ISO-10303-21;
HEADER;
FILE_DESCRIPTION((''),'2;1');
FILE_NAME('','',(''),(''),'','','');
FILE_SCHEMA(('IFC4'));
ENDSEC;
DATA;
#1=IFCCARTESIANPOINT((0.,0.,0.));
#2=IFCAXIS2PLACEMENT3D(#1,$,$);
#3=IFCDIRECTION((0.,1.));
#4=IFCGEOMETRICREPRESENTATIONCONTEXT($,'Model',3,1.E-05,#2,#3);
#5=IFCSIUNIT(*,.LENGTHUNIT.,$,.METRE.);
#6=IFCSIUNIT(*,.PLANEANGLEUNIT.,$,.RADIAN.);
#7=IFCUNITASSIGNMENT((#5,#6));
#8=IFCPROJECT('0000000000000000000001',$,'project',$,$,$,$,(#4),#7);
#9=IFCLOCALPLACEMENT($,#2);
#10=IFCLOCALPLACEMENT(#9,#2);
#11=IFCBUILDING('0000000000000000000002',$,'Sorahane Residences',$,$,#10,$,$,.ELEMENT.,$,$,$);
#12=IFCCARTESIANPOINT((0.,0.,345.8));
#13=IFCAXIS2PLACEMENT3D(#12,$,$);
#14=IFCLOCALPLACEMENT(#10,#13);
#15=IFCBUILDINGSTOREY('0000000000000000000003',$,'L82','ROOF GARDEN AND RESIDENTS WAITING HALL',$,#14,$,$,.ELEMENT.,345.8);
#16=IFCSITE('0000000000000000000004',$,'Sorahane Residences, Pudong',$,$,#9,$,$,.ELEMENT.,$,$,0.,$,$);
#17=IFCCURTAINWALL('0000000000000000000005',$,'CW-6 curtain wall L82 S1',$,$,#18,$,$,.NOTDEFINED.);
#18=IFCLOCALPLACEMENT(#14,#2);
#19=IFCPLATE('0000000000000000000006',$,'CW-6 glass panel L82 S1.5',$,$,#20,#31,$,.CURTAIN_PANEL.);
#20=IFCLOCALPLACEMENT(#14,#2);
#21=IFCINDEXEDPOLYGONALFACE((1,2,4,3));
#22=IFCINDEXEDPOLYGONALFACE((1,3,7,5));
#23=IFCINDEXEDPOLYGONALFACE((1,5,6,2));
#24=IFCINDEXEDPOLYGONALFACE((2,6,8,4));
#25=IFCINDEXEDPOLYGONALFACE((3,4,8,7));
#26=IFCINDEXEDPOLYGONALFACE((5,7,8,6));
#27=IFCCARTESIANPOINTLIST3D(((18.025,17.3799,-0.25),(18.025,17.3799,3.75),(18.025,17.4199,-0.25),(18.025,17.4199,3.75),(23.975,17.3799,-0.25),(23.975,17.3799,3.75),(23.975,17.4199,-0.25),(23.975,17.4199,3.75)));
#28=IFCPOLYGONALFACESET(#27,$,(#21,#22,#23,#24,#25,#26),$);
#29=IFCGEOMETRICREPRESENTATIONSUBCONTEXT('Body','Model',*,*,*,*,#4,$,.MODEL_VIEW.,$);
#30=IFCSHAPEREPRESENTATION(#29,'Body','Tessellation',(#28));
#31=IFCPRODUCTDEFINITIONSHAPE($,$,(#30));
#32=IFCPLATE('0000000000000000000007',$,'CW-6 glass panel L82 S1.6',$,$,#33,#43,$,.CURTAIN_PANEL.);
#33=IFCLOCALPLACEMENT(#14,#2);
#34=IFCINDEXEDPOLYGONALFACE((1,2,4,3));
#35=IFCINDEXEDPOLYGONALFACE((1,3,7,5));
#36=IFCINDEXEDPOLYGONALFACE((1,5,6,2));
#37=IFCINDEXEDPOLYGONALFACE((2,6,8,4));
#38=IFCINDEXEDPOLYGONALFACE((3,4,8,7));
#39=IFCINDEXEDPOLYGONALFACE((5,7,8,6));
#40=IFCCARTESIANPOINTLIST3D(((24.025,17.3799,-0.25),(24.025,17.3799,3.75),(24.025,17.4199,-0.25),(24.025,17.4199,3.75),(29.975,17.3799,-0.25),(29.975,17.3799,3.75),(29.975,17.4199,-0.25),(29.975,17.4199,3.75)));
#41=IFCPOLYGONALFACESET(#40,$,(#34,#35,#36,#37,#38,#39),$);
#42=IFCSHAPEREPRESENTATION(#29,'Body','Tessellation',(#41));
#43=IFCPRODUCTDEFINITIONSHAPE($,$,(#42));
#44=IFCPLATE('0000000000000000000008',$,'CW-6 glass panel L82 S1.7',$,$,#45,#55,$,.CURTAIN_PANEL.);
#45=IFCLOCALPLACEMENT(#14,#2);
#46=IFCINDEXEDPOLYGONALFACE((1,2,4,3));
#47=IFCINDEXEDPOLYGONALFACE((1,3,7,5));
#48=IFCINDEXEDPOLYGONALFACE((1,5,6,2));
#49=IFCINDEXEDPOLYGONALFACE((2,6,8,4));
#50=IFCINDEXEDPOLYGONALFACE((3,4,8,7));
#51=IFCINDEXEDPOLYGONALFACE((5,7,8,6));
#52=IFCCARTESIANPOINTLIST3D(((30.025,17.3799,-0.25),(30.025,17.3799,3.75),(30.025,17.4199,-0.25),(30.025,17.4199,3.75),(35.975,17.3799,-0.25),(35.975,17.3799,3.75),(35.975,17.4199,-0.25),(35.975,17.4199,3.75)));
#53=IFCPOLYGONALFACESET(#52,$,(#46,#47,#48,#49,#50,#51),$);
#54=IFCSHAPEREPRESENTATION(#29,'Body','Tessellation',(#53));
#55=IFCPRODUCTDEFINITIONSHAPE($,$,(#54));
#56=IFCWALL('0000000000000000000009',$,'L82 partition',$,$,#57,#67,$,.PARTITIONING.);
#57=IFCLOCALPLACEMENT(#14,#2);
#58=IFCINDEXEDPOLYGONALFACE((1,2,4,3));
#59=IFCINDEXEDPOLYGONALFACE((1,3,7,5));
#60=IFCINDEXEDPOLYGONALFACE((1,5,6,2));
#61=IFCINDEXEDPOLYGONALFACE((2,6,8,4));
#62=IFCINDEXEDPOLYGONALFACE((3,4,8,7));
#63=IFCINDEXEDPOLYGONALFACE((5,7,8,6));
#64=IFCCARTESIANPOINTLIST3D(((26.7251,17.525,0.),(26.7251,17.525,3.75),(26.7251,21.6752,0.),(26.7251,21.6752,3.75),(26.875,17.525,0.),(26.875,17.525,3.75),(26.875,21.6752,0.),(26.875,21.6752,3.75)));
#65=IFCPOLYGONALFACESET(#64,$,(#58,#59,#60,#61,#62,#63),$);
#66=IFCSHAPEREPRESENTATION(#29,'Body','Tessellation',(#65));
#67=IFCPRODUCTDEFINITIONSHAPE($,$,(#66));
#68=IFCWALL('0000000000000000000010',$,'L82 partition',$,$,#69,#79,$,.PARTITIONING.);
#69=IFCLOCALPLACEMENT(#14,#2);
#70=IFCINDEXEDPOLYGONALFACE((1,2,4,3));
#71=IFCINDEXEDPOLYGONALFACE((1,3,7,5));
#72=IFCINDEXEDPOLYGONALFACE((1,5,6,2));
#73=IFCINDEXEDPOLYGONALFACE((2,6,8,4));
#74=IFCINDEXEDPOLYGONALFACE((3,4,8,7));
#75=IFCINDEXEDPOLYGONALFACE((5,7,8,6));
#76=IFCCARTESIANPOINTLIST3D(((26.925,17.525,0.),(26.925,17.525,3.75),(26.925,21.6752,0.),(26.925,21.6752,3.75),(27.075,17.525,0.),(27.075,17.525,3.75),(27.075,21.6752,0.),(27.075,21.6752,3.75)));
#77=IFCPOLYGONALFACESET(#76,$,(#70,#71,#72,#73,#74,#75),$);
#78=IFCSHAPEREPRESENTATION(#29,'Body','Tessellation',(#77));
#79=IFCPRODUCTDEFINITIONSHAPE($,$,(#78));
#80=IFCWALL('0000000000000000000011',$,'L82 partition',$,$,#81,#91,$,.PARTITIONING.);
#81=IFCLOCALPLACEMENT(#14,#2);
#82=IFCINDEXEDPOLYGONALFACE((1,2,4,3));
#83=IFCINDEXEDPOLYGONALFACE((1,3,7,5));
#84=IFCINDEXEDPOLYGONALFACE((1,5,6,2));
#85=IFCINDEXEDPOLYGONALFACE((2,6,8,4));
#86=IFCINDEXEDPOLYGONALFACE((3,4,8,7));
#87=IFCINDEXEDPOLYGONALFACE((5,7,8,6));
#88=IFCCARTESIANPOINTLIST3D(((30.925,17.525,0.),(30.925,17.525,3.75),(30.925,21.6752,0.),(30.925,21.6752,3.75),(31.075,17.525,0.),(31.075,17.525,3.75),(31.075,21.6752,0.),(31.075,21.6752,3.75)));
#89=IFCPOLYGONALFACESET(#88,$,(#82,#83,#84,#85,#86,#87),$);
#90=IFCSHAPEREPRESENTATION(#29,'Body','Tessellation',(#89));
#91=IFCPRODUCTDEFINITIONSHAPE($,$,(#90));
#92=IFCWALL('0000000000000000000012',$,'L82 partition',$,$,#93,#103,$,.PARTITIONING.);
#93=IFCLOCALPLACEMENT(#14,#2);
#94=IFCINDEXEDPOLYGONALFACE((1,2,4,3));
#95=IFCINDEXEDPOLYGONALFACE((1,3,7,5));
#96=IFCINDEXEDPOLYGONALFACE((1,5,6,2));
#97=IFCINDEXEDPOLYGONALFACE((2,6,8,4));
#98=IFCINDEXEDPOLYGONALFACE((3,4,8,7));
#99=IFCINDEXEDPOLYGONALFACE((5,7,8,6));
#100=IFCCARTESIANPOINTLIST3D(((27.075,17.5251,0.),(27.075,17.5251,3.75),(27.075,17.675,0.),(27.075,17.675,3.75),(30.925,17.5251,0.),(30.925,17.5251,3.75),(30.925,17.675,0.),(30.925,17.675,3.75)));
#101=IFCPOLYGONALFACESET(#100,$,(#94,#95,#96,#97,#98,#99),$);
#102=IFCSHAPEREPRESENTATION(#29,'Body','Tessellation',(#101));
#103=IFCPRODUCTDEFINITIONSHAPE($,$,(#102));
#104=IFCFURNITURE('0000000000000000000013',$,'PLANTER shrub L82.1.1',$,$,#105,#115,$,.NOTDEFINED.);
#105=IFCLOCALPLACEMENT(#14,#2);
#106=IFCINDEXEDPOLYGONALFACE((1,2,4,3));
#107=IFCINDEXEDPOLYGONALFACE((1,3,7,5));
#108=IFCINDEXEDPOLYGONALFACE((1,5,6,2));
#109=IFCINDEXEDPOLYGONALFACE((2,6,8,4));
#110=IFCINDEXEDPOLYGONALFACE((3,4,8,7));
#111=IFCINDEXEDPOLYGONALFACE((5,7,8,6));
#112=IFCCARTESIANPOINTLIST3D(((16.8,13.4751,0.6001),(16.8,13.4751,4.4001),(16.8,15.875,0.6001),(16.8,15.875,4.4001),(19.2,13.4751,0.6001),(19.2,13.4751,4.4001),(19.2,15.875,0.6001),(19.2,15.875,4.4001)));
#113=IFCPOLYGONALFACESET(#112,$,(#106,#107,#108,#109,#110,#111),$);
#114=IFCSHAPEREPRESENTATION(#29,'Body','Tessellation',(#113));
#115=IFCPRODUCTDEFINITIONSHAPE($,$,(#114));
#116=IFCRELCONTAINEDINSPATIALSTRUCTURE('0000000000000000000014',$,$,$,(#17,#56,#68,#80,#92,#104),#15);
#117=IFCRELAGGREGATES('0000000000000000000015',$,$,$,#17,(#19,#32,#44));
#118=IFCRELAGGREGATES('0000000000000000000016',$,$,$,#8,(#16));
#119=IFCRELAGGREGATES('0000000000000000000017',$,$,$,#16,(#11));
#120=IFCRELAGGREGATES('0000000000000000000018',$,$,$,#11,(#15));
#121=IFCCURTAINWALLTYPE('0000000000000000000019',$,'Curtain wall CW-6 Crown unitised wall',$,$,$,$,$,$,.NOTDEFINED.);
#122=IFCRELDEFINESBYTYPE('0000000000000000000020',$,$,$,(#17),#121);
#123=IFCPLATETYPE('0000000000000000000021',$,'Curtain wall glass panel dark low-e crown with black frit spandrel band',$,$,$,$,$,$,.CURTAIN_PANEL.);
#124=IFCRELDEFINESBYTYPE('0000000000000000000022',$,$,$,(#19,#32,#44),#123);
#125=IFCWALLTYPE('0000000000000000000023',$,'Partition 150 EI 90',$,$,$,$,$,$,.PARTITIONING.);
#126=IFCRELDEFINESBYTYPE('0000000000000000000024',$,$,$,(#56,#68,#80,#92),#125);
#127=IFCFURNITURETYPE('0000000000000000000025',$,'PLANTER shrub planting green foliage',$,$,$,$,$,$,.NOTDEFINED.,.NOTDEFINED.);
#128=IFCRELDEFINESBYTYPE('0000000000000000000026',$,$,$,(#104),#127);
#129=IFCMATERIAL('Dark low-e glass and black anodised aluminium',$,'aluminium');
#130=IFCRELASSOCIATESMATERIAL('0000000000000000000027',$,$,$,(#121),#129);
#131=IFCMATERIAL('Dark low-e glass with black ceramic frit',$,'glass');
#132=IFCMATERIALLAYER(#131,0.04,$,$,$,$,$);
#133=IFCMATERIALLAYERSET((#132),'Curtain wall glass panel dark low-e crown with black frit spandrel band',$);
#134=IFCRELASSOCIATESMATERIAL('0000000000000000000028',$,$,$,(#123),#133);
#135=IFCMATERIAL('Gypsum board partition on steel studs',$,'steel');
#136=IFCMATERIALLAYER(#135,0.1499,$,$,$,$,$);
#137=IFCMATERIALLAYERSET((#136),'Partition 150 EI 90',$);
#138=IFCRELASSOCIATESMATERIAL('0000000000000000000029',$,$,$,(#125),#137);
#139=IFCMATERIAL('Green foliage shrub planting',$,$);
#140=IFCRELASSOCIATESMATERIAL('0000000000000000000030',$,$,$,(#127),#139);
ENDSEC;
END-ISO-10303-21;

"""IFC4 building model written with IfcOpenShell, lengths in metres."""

from ifc_helpers import new_model, si_unit, direction, frame, frame_2d, origin, origin_2d, place, context, subcontext, project, spatial, rectangle, extrude, material, layer, layer_set, type_object, element, aggregate, save


model = new_model("IFC4")

# Units and contexts
model_context = context("Model", 3, precision=1e-05, world=origin(), true_north=direction((0.0, 1.0)))
body_context = subcontext(model_context, "Body", "Model", "MODEL_VIEW")
ifc_project = project(units=[si_unit("LENGTHUNIT", "METRE"), si_unit("PLANEANGLEUNIT", "RADIAN")], contexts=[model_context])

# Site, building, storey
site_placement = place(None, origin())
site = spatial("IfcSite", under=ifc_project, at=site_placement, Name="Sorahane Residences, Pudong", CompositionType="ELEMENT", RefElevation=0.0)
building_placement = place(site_placement, origin())
building = spatial("IfcBuilding", under=site, at=building_placement, Name="Sorahane Residences", CompositionType="ELEMENT")
storey_placement = place(building_placement, frame((0.0, 0.0, 345.8)))
storey = spatial("IfcBuildingStorey", under=building, at=storey_placement, Name="L82", Description="ROOF GARDEN AND RESIDENTS WAITING HALL", CompositionType="ELEMENT", Elevation=345.8)

# Curtain wall
ifc_material_1 = material(Name="Dark low-e glass and black anodised aluminium", Category="aluminium")
curtain_wall_type = type_object("IfcCurtainWallType", Name="Curtain wall CW-6 Crown unitised wall", PredefinedType="NOTDEFINED", material=ifc_material_1)
curtain_wall_placement = place(storey_placement, origin())
curtain_wall = element("IfcCurtainWall", 1, at=curtain_wall_placement, inside=storey, type_object=curtain_wall_type, Name="CW-6 curtain wall L82 S1", PredefinedType="NOTDEFINED")

# Plates
ifc_material_2 = material(Name="Dark low-e glass with black ceramic frit", Category="glass")
ifc_layer_1 = layer(ifc_material_2, 0.04)
ifc_layer_set_1 = layer_set([ifc_layer_1], Name="Curtain wall glass panel dark low-e crown with black frit spandrel band")
plate_type = type_object("IfcPlateType", Name="Curtain wall glass panel dark low-e crown with black frit spandrel band", PredefinedType="CURTAIN_PANEL", material=ifc_layer_set_1)
plate_1_placement = place(storey_placement, frame((21.0, 17.3999, -0.25), z_axis=(0.0, 0.0, 1.0), x_axis=(1.0, 0.0, 0.0)))
plate_1 = element("IfcPlate", 2, at=plate_1_placement, type_object=plate_type, Name="CW-6 glass panel L82 S1.5", PredefinedType="CURTAIN_PANEL", context=body_context, shape_type="SweptSolid", body=[
    extrude(rectangle(XDim=5.95, YDim=0.04, at=origin_2d()), origin(), (0.0, 0.0, 1.0), 4.0),
])
plate_2_placement = place(storey_placement, frame((27.0, 17.3999, -0.25), z_axis=(0.0, 0.0, 1.0), x_axis=(1.0, 0.0, 0.0)))
plate_2 = element("IfcPlate", 3, at=plate_2_placement, type_object=plate_type, Name="CW-6 glass panel L82 S1.6", PredefinedType="CURTAIN_PANEL", context=body_context, shape_type="SweptSolid", body=[
    extrude(rectangle(XDim=5.95, YDim=0.04, at=origin_2d()), origin(), (0.0, 0.0, 1.0), 4.0),
])
plate_3_placement = place(storey_placement, frame((33.0, 17.3999, -0.25), z_axis=(0.0, 0.0, 1.0), x_axis=(1.0, 0.0, 0.0)))
plate_3 = element("IfcPlate", 4, at=plate_3_placement, type_object=plate_type, Name="CW-6 glass panel L82 S1.7", PredefinedType="CURTAIN_PANEL", context=body_context, shape_type="SweptSolid", body=[
    extrude(rectangle(XDim=5.95, YDim=0.04, at=origin_2d()), origin(), (0.0, 0.0, 1.0), 4.0),
])
aggregate(curtain_wall, [plate_1, plate_2, plate_3])

# Walls
ifc_material_3 = material(Name="Gypsum board partition on steel studs", Category="steel")
ifc_layer_2 = layer(ifc_material_3, 0.1499)
ifc_layer_set_2 = layer_set([ifc_layer_2], Name="Partition 150 EI 90")
wall_type = type_object("IfcWallType", Name="Partition 150 EI 90", PredefinedType="PARTITIONING", material=ifc_layer_set_2)
for number, where, z_axis, x_axis, name in (
    (5, (26.8, 17.5249, 0.0), (0.0, 0.0, 1.0), (0.0, 1.0, 0.0), "L82 partition"),
    (6, (27.0, 17.5249, 0.0), (0.0, 0.0, 1.0), (0.0, 1.0, 0.0), "L82 partition"),
    (7, (31.0, 17.5249, 0.0), (0.0, 0.0, 1.0), (0.0, 1.0, 0.0), "L82 partition"),
):
    element("IfcWall", number, at=place(storey_placement, frame(where, z_axis=z_axis, x_axis=x_axis)), inside=storey, type_object=wall_type, Name=name, PredefinedType="PARTITIONING", context=body_context, shape_type="SweptSolid", body=[
        extrude(rectangle(XDim=4.1501, YDim=0.1499, at=frame_2d((2.0752, 0.0))), origin(), (0.0, 0.0, 1.0), 3.75),
    ])
wall_1_placement = place(storey_placement, frame((27.075, 17.6001, 0.0), z_axis=(0.0, 0.0, 1.0), x_axis=(1.0, 0.0, 0.0)))
element("IfcWall", 8, at=wall_1_placement, inside=storey, type_object=wall_type, Name="L82 partition", PredefinedType="PARTITIONING", context=body_context, shape_type="SweptSolid", body=[
    extrude(rectangle(XDim=3.8501, YDim=0.1499, at=frame_2d((1.925, 0.0))), origin(), (0.0, 0.0, 1.0), 3.75),
])

# Furniture
ifc_material_4 = material(Name="Green foliage shrub planting")
furniture_type = type_object("IfcFurnitureType", Name="PLANTER shrub planting green foliage", AssemblyPlace="NOTDEFINED", PredefinedType="NOTDEFINED", material=ifc_material_4)
furniture_placement = place(storey_placement, frame((18.0, 14.675, 0.6001), z_axis=(0.0, 0.0, 1.0), x_axis=(1.0, 0.0, 0.0)))
element("IfcFurniture", 9, at=furniture_placement, inside=storey, type_object=furniture_type, Name="PLANTER shrub L82.1.1", PredefinedType="NOTDEFINED", context=body_context, shape_type="SweptSolid", body=[
    extrude(rectangle(XDim=2.3999, YDim=2.3999, at=origin_2d()), origin(), (0.0, 0.0, 1.0), 3.8),
])

save(model, "model.ifc")
